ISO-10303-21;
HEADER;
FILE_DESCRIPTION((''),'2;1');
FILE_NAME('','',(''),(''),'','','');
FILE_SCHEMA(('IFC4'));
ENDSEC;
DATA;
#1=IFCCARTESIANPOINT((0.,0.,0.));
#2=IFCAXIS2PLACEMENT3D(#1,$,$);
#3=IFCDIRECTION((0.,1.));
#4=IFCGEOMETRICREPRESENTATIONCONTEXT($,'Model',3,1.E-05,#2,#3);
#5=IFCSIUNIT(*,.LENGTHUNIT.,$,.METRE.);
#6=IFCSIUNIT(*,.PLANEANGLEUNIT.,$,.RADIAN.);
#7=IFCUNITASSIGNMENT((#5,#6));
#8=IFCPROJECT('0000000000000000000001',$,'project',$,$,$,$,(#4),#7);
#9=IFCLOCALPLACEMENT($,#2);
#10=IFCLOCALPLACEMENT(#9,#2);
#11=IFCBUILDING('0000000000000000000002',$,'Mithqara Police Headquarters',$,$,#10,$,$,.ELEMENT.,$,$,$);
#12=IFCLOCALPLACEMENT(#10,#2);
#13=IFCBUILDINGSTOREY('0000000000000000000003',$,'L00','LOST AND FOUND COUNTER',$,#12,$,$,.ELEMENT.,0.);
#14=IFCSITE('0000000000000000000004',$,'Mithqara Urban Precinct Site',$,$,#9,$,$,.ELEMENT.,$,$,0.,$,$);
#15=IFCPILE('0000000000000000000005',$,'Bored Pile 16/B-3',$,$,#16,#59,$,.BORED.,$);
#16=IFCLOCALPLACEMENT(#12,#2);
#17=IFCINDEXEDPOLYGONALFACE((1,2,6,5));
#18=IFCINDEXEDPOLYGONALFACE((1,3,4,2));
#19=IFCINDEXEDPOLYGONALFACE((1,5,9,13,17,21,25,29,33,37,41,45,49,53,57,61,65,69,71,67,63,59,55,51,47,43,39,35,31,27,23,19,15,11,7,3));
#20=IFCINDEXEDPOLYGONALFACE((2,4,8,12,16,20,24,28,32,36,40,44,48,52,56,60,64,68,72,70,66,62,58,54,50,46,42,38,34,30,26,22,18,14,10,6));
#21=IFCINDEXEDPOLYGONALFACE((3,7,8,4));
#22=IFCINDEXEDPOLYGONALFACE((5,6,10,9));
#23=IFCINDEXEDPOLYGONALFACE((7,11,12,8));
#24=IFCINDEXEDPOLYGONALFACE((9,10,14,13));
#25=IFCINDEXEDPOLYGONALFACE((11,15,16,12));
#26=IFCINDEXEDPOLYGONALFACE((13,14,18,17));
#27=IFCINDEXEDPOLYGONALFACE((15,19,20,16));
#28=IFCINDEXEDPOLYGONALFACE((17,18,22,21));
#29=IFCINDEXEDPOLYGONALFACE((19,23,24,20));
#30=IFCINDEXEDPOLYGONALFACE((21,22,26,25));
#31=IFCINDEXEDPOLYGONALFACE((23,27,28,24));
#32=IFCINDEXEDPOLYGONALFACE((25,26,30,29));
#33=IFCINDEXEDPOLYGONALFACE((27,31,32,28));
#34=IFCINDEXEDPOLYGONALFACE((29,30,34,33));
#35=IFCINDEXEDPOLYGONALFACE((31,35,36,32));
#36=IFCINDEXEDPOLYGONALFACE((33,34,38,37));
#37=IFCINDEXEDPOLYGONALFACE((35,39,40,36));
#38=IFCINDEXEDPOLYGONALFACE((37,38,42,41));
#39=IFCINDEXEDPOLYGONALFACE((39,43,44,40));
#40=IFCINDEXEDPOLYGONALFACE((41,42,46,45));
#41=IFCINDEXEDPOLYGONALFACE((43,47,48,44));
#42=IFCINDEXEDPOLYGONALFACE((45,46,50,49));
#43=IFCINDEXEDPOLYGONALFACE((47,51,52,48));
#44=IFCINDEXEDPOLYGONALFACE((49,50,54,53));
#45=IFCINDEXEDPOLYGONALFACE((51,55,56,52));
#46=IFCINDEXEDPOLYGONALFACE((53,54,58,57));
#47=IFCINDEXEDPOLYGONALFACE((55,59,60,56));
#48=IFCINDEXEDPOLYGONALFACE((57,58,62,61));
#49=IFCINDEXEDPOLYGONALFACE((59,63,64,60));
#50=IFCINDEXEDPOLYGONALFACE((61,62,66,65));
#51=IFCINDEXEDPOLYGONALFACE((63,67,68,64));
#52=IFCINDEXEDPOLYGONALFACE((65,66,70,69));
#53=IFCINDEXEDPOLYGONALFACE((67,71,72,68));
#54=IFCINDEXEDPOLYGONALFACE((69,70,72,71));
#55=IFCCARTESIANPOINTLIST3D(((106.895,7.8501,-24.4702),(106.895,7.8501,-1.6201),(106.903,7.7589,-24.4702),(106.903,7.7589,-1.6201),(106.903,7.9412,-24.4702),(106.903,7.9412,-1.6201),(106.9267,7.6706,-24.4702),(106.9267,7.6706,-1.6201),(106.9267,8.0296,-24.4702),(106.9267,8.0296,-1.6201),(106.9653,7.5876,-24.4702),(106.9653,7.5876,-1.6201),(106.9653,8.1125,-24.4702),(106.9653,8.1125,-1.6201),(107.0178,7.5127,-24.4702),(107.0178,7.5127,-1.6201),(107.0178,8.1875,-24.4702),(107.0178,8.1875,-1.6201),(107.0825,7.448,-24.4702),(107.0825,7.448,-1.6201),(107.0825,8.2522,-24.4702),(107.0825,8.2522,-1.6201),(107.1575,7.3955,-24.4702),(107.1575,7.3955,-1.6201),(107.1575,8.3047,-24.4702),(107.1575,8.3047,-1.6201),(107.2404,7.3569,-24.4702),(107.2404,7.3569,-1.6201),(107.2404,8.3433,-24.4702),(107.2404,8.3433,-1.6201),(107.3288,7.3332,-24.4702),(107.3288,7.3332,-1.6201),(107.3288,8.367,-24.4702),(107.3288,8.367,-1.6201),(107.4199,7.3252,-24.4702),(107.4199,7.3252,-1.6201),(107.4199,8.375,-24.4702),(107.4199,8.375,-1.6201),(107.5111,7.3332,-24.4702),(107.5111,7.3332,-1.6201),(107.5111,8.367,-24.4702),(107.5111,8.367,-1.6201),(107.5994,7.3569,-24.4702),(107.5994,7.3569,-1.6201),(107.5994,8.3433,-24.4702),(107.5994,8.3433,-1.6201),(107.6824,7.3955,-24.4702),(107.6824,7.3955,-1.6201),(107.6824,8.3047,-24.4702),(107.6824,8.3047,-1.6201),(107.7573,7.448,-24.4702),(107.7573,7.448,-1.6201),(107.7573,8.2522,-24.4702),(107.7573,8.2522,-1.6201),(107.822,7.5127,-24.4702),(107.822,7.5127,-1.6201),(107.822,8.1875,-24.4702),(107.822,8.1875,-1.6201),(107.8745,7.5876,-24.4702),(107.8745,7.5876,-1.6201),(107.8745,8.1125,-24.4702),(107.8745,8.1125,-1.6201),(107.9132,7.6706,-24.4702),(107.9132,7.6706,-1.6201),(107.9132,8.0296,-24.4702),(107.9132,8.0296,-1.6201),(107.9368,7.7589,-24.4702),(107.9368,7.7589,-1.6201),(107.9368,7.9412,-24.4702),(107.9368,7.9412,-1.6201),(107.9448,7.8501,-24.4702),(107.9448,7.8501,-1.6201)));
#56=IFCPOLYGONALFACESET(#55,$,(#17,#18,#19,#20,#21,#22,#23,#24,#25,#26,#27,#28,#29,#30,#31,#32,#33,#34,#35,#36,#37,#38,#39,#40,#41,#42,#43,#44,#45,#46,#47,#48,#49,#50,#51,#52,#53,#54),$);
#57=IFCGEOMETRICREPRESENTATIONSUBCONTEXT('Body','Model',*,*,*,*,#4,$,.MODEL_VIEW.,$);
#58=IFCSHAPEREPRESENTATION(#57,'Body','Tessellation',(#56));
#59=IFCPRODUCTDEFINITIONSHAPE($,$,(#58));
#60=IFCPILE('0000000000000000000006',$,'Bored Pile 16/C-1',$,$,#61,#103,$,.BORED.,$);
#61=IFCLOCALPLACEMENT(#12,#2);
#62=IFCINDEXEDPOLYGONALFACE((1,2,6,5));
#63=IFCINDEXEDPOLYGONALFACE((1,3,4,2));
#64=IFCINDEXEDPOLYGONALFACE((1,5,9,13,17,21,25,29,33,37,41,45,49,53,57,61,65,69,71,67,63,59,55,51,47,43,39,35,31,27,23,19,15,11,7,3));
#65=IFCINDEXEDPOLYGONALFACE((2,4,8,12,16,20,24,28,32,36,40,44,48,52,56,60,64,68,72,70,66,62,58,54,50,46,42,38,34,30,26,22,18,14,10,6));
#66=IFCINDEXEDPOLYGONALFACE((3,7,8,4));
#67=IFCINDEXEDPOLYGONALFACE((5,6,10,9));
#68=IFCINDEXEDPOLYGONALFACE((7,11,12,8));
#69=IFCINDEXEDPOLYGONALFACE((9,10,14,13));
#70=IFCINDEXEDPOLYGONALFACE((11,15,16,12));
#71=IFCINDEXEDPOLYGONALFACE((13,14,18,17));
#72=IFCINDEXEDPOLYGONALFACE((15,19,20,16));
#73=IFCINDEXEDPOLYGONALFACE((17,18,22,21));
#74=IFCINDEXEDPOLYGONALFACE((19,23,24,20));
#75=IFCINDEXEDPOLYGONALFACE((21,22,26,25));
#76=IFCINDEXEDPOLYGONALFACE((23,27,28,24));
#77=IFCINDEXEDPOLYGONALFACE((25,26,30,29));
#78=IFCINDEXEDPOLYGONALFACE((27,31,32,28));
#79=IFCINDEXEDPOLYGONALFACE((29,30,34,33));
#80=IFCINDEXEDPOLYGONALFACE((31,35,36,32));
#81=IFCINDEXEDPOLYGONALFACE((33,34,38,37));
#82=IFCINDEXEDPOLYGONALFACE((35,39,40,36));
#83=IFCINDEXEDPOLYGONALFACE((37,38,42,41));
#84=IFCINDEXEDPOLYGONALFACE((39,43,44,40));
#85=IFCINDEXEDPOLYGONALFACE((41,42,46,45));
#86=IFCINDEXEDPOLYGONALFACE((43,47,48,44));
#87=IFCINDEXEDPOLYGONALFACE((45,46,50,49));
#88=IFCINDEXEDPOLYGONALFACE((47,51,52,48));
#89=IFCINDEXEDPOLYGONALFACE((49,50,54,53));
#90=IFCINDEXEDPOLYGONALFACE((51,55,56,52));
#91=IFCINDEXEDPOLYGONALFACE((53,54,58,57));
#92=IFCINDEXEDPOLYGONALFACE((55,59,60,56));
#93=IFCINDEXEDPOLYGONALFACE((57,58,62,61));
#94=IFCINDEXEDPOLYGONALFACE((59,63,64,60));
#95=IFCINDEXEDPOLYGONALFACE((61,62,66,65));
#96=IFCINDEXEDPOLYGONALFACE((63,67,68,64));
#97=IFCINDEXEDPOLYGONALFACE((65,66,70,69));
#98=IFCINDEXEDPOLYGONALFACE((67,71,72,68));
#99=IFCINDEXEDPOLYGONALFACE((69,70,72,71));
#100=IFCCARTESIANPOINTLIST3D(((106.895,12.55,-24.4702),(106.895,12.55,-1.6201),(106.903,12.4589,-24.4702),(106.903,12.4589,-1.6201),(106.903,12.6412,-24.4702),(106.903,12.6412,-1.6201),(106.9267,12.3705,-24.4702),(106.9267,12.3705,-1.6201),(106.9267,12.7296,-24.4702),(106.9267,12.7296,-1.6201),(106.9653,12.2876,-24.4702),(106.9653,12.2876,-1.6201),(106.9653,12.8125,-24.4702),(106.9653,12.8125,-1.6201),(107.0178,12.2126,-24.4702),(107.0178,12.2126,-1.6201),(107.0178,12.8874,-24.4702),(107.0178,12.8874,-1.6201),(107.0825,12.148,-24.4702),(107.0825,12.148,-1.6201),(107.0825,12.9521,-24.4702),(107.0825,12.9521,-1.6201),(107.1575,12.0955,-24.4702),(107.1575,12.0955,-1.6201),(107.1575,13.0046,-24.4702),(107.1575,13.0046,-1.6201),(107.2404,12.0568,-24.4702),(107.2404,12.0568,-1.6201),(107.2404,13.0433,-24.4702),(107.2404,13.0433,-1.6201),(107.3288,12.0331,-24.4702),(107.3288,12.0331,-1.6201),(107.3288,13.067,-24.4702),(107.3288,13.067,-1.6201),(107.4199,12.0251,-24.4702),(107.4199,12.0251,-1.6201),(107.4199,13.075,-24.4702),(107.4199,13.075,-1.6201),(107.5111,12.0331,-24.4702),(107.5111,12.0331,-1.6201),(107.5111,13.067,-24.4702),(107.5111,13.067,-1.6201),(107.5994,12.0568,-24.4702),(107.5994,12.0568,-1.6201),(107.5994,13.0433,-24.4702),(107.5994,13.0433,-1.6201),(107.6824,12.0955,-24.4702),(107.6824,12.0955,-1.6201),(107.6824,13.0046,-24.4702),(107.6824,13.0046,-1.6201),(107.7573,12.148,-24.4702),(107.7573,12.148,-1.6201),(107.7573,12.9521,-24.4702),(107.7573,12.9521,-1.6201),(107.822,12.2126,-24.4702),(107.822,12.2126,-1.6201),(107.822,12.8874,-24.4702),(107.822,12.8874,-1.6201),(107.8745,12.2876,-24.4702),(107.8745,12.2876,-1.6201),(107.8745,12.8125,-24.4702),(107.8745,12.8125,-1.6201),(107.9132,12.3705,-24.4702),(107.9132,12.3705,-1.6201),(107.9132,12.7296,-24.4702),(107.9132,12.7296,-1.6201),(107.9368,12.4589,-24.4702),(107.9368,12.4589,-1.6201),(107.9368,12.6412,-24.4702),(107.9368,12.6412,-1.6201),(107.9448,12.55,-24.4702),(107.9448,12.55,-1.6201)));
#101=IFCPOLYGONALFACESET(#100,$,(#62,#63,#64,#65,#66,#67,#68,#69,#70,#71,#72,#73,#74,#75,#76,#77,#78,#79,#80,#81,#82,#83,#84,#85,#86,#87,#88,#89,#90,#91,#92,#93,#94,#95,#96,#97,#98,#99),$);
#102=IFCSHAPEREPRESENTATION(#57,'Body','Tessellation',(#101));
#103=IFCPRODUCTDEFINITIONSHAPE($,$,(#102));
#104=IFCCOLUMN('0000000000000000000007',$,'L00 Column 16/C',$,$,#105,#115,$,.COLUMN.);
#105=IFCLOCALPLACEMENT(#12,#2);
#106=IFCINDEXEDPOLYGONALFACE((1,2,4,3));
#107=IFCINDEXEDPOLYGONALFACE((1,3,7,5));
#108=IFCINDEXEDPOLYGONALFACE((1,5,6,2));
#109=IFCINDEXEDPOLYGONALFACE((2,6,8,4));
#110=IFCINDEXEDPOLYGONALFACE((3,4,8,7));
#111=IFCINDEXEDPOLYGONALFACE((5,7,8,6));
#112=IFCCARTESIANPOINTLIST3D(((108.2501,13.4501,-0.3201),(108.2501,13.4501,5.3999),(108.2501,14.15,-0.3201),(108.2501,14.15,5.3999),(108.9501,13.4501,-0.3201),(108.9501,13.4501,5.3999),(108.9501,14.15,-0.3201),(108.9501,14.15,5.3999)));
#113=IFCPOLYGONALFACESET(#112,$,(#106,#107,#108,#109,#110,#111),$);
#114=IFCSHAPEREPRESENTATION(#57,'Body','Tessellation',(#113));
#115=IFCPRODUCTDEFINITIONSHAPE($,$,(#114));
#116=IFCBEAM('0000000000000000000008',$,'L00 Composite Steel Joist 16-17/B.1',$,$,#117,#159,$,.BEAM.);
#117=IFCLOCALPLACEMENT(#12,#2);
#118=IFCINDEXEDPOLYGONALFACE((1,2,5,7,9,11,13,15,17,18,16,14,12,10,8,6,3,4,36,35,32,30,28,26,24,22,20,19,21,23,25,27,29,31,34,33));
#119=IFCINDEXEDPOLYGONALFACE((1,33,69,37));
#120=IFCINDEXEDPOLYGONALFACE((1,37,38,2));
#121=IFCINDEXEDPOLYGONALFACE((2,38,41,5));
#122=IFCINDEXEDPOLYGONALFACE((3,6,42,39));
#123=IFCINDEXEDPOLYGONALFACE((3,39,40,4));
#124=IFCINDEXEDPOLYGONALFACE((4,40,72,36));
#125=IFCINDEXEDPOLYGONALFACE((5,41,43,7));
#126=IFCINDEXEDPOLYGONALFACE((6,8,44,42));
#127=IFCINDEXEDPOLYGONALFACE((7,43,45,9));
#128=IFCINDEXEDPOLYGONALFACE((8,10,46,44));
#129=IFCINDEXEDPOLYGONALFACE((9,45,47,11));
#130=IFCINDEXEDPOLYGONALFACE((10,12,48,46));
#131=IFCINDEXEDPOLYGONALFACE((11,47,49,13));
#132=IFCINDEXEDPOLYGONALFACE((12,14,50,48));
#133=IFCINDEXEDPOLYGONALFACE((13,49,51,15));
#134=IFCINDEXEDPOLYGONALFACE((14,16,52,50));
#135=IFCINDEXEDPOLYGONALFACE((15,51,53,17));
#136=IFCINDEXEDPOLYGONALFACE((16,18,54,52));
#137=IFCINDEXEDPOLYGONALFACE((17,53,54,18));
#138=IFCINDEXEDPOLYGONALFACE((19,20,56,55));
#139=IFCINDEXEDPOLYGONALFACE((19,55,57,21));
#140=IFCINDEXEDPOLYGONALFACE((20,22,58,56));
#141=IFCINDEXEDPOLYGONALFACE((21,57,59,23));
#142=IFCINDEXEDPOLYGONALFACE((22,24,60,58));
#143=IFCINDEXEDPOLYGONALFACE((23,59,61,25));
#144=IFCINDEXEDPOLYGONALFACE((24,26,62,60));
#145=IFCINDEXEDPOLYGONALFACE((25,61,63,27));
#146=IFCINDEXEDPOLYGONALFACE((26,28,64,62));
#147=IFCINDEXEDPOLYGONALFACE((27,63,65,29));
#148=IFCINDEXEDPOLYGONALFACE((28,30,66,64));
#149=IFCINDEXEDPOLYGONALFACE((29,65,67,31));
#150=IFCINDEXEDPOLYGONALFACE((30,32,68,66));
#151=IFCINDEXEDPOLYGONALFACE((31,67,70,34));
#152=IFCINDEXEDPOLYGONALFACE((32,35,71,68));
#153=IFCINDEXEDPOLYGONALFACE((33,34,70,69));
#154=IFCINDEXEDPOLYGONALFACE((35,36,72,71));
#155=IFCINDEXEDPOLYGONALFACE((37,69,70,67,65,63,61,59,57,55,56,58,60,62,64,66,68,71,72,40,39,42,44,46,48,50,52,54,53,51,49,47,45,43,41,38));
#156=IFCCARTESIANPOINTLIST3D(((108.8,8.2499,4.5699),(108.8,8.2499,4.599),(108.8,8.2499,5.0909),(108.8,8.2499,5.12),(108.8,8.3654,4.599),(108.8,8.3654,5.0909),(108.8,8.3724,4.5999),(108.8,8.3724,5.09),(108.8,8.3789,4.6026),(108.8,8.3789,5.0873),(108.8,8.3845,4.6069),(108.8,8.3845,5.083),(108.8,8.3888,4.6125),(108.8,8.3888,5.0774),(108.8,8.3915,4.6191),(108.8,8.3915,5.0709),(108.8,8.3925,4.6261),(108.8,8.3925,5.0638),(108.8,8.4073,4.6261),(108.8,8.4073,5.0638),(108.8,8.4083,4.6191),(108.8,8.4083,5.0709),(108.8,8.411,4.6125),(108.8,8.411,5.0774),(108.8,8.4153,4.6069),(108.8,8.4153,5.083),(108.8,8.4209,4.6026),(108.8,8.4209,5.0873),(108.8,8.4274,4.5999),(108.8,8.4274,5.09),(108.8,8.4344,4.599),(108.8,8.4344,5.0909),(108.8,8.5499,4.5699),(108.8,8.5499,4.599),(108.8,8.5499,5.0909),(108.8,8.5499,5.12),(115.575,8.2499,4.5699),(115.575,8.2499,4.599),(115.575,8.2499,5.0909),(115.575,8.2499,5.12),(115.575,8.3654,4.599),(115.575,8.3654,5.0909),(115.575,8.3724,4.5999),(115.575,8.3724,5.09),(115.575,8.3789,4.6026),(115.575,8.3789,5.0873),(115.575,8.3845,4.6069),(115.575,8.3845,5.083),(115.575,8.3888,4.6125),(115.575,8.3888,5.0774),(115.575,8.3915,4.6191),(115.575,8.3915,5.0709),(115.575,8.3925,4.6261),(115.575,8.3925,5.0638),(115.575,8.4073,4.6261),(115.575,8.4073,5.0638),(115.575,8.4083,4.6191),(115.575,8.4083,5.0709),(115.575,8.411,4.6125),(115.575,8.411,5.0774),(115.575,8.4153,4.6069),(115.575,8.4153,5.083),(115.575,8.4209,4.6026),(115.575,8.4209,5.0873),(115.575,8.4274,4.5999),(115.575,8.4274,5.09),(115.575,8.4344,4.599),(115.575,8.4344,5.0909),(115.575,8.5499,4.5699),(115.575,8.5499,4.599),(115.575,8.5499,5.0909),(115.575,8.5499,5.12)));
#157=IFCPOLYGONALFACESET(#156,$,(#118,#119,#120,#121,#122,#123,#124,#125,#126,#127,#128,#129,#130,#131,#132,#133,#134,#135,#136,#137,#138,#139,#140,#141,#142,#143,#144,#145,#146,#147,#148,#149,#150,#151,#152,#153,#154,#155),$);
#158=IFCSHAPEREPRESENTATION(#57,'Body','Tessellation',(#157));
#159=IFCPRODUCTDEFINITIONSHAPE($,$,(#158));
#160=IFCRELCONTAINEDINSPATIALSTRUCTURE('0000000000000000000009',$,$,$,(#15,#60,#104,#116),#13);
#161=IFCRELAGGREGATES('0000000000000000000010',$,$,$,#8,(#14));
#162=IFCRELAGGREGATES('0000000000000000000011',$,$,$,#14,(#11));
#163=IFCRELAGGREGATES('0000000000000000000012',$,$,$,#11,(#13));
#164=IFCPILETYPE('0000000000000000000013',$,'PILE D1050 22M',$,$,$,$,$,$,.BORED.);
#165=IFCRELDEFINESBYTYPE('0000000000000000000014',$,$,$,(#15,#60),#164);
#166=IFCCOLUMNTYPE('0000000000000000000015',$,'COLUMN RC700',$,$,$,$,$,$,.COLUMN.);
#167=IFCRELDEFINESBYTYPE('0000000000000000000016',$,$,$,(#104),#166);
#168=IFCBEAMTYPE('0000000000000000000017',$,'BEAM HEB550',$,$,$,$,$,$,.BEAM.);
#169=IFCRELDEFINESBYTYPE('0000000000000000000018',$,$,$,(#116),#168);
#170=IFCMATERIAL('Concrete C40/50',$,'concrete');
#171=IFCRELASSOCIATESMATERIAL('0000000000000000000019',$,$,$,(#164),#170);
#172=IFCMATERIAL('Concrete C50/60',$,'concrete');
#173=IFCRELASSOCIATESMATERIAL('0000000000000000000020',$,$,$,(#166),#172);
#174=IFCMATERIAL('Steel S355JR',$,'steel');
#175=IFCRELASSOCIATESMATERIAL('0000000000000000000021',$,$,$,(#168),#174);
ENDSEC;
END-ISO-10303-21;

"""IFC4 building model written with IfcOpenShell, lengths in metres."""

from ifc_helpers import new_model, si_unit, direction, frame, origin, origin_2d, place, context, subcontext, project, spatial, rectangle, circle, i_section, extrude, material, material_profile, profile_set, type_object, element, save


model = new_model("IFC4")

# Units and contexts
model_context = context("Model", 3, precision=1e-05, world=origin(), true_north=direction((0.0, 1.0)))
body_context = subcontext(model_context, "Body", "Model", "MODEL_VIEW")
ifc_project = project(units=[si_unit("LENGTHUNIT", "METRE"), si_unit("PLANEANGLEUNIT", "RADIAN")], contexts=[model_context])

# Site, building, storey
site_placement = place(None, origin())
site = spatial("IfcSite", under=ifc_project, at=site_placement, Name="Mithqara Urban Precinct Site", CompositionType="ELEMENT", RefElevation=0.0)
building_placement = place(site_placement, origin())
building = spatial("IfcBuilding", under=site, at=building_placement, Name="Mithqara Police Headquarters", CompositionType="ELEMENT")
storey_placement = place(building_placement, origin())
storey = spatial("IfcBuildingStorey", under=building, at=storey_placement, Name="L00", Description="LOST AND FOUND COUNTER", CompositionType="ELEMENT", Elevation=0.0)

# Shared definitions
ifc_material_1 = material(Name="Concrete C40/50", Category="concrete")

# Piles
ifc_material_profile_1 = material_profile(ifc_material_1, circle(Radius=0.5249, at=origin_2d()), Name="PILE D1050")
ifc_profile_set_1 = profile_set([ifc_material_profile_1], Name="Concrete C40/50")
pile_type = type_object("IfcPileType", Name="PILE D1050 22M", PredefinedType="BORED", material=ifc_profile_set_1)
for number, where, z_axis, x_axis, name in (
    (1, (107.4199, 7.8501, -1.6201), (0.0, 0.0, -1.0), (1.0, 0.0, 0.0), "Bored Pile 16/B-3"),
    (2, (107.4199, 12.55, -1.6201), (0.0, 0.0, -1.0), (1.0, 0.0, 0.0), "Bored Pile 16/C-1"),
):
    element("IfcPile", number, at=place(storey_placement, frame(where, z_axis=z_axis, x_axis=x_axis)), inside=storey, type_object=pile_type, Name=name, PredefinedType="BORED", context=body_context, shape_type="SweptSolid", body=[
        extrude(circle(Radius=0.5249, at=origin_2d()), origin(), (0.0, 0.0, 1.0), 22.8501),
    ])

# Column
ifc_material_2 = material(Name="Concrete C50/60", Category="concrete")
ifc_material_profile_2 = material_profile(ifc_material_2, rectangle(XDim=0.7, YDim=0.7, at=origin_2d()), Name="RC 700x700")
ifc_profile_set_2 = profile_set([ifc_material_profile_2], Name="Concrete C50/60")
column_type = type_object("IfcColumnType", Name="COLUMN RC700", PredefinedType="COLUMN", material=ifc_profile_set_2)
column_placement = place(storey_placement, frame((108.6001, 13.8, -0.3201), z_axis=(0.0, 0.0, 1.0), x_axis=(1.0, 0.0, 0.0)))
element("IfcColumn", 3, at=column_placement, inside=storey, type_object=column_type, Name="L00 Column 16/C", PredefinedType="COLUMN", context=body_context, shape_type="SweptSolid", body=[
    extrude(rectangle(XDim=0.7, YDim=0.7, at=origin_2d()), origin(), (0.0, 0.0, 1.0), 5.72),
])

# Beam
ifc_material_3 = material(Name="Steel S355JR", Category="steel")
ifc_material_profile_3 = material_profile(ifc_material_3, i_section(OverallWidth=0.3, OverallDepth=0.55, WebThickness=0.0149, FlangeThickness=0.0291, FilletRadius=0.0271, at=origin_2d()), Name="HEB 550")
ifc_profile_set_3 = profile_set([ifc_material_profile_3], Name="Steel S355JR")
beam_type_1 = type_object("IfcBeamType", Name="BEAM HEB550", PredefinedType="BEAM", material=ifc_profile_set_3)
for number, where, z_axis, x_axis, name in (
    (4, (108.8, 8.3999, 4.845), (1.0, 0.0, 0.0), (0.0, 1.0, 0.0), "L00 Composite Steel Joist 16-17/B.1"),
):
    element("IfcBeam", number, at=place(storey_placement, frame(where, z_axis=z_axis, x_axis=x_axis)), inside=storey, type_object=beam_type_1, Name=name, PredefinedType="BEAM", context=body_context, shape_type="SweptSolid", body=[
        extrude(i_section(OverallWidth=0.3, OverallDepth=0.55, WebThickness=0.0149, FlangeThickness=0.0291, FilletRadius=0.0271, at=origin_2d()), origin(), (0.0, 0.0, 1.0), 6.7749),
    ])

save(model, "model.ifc")
